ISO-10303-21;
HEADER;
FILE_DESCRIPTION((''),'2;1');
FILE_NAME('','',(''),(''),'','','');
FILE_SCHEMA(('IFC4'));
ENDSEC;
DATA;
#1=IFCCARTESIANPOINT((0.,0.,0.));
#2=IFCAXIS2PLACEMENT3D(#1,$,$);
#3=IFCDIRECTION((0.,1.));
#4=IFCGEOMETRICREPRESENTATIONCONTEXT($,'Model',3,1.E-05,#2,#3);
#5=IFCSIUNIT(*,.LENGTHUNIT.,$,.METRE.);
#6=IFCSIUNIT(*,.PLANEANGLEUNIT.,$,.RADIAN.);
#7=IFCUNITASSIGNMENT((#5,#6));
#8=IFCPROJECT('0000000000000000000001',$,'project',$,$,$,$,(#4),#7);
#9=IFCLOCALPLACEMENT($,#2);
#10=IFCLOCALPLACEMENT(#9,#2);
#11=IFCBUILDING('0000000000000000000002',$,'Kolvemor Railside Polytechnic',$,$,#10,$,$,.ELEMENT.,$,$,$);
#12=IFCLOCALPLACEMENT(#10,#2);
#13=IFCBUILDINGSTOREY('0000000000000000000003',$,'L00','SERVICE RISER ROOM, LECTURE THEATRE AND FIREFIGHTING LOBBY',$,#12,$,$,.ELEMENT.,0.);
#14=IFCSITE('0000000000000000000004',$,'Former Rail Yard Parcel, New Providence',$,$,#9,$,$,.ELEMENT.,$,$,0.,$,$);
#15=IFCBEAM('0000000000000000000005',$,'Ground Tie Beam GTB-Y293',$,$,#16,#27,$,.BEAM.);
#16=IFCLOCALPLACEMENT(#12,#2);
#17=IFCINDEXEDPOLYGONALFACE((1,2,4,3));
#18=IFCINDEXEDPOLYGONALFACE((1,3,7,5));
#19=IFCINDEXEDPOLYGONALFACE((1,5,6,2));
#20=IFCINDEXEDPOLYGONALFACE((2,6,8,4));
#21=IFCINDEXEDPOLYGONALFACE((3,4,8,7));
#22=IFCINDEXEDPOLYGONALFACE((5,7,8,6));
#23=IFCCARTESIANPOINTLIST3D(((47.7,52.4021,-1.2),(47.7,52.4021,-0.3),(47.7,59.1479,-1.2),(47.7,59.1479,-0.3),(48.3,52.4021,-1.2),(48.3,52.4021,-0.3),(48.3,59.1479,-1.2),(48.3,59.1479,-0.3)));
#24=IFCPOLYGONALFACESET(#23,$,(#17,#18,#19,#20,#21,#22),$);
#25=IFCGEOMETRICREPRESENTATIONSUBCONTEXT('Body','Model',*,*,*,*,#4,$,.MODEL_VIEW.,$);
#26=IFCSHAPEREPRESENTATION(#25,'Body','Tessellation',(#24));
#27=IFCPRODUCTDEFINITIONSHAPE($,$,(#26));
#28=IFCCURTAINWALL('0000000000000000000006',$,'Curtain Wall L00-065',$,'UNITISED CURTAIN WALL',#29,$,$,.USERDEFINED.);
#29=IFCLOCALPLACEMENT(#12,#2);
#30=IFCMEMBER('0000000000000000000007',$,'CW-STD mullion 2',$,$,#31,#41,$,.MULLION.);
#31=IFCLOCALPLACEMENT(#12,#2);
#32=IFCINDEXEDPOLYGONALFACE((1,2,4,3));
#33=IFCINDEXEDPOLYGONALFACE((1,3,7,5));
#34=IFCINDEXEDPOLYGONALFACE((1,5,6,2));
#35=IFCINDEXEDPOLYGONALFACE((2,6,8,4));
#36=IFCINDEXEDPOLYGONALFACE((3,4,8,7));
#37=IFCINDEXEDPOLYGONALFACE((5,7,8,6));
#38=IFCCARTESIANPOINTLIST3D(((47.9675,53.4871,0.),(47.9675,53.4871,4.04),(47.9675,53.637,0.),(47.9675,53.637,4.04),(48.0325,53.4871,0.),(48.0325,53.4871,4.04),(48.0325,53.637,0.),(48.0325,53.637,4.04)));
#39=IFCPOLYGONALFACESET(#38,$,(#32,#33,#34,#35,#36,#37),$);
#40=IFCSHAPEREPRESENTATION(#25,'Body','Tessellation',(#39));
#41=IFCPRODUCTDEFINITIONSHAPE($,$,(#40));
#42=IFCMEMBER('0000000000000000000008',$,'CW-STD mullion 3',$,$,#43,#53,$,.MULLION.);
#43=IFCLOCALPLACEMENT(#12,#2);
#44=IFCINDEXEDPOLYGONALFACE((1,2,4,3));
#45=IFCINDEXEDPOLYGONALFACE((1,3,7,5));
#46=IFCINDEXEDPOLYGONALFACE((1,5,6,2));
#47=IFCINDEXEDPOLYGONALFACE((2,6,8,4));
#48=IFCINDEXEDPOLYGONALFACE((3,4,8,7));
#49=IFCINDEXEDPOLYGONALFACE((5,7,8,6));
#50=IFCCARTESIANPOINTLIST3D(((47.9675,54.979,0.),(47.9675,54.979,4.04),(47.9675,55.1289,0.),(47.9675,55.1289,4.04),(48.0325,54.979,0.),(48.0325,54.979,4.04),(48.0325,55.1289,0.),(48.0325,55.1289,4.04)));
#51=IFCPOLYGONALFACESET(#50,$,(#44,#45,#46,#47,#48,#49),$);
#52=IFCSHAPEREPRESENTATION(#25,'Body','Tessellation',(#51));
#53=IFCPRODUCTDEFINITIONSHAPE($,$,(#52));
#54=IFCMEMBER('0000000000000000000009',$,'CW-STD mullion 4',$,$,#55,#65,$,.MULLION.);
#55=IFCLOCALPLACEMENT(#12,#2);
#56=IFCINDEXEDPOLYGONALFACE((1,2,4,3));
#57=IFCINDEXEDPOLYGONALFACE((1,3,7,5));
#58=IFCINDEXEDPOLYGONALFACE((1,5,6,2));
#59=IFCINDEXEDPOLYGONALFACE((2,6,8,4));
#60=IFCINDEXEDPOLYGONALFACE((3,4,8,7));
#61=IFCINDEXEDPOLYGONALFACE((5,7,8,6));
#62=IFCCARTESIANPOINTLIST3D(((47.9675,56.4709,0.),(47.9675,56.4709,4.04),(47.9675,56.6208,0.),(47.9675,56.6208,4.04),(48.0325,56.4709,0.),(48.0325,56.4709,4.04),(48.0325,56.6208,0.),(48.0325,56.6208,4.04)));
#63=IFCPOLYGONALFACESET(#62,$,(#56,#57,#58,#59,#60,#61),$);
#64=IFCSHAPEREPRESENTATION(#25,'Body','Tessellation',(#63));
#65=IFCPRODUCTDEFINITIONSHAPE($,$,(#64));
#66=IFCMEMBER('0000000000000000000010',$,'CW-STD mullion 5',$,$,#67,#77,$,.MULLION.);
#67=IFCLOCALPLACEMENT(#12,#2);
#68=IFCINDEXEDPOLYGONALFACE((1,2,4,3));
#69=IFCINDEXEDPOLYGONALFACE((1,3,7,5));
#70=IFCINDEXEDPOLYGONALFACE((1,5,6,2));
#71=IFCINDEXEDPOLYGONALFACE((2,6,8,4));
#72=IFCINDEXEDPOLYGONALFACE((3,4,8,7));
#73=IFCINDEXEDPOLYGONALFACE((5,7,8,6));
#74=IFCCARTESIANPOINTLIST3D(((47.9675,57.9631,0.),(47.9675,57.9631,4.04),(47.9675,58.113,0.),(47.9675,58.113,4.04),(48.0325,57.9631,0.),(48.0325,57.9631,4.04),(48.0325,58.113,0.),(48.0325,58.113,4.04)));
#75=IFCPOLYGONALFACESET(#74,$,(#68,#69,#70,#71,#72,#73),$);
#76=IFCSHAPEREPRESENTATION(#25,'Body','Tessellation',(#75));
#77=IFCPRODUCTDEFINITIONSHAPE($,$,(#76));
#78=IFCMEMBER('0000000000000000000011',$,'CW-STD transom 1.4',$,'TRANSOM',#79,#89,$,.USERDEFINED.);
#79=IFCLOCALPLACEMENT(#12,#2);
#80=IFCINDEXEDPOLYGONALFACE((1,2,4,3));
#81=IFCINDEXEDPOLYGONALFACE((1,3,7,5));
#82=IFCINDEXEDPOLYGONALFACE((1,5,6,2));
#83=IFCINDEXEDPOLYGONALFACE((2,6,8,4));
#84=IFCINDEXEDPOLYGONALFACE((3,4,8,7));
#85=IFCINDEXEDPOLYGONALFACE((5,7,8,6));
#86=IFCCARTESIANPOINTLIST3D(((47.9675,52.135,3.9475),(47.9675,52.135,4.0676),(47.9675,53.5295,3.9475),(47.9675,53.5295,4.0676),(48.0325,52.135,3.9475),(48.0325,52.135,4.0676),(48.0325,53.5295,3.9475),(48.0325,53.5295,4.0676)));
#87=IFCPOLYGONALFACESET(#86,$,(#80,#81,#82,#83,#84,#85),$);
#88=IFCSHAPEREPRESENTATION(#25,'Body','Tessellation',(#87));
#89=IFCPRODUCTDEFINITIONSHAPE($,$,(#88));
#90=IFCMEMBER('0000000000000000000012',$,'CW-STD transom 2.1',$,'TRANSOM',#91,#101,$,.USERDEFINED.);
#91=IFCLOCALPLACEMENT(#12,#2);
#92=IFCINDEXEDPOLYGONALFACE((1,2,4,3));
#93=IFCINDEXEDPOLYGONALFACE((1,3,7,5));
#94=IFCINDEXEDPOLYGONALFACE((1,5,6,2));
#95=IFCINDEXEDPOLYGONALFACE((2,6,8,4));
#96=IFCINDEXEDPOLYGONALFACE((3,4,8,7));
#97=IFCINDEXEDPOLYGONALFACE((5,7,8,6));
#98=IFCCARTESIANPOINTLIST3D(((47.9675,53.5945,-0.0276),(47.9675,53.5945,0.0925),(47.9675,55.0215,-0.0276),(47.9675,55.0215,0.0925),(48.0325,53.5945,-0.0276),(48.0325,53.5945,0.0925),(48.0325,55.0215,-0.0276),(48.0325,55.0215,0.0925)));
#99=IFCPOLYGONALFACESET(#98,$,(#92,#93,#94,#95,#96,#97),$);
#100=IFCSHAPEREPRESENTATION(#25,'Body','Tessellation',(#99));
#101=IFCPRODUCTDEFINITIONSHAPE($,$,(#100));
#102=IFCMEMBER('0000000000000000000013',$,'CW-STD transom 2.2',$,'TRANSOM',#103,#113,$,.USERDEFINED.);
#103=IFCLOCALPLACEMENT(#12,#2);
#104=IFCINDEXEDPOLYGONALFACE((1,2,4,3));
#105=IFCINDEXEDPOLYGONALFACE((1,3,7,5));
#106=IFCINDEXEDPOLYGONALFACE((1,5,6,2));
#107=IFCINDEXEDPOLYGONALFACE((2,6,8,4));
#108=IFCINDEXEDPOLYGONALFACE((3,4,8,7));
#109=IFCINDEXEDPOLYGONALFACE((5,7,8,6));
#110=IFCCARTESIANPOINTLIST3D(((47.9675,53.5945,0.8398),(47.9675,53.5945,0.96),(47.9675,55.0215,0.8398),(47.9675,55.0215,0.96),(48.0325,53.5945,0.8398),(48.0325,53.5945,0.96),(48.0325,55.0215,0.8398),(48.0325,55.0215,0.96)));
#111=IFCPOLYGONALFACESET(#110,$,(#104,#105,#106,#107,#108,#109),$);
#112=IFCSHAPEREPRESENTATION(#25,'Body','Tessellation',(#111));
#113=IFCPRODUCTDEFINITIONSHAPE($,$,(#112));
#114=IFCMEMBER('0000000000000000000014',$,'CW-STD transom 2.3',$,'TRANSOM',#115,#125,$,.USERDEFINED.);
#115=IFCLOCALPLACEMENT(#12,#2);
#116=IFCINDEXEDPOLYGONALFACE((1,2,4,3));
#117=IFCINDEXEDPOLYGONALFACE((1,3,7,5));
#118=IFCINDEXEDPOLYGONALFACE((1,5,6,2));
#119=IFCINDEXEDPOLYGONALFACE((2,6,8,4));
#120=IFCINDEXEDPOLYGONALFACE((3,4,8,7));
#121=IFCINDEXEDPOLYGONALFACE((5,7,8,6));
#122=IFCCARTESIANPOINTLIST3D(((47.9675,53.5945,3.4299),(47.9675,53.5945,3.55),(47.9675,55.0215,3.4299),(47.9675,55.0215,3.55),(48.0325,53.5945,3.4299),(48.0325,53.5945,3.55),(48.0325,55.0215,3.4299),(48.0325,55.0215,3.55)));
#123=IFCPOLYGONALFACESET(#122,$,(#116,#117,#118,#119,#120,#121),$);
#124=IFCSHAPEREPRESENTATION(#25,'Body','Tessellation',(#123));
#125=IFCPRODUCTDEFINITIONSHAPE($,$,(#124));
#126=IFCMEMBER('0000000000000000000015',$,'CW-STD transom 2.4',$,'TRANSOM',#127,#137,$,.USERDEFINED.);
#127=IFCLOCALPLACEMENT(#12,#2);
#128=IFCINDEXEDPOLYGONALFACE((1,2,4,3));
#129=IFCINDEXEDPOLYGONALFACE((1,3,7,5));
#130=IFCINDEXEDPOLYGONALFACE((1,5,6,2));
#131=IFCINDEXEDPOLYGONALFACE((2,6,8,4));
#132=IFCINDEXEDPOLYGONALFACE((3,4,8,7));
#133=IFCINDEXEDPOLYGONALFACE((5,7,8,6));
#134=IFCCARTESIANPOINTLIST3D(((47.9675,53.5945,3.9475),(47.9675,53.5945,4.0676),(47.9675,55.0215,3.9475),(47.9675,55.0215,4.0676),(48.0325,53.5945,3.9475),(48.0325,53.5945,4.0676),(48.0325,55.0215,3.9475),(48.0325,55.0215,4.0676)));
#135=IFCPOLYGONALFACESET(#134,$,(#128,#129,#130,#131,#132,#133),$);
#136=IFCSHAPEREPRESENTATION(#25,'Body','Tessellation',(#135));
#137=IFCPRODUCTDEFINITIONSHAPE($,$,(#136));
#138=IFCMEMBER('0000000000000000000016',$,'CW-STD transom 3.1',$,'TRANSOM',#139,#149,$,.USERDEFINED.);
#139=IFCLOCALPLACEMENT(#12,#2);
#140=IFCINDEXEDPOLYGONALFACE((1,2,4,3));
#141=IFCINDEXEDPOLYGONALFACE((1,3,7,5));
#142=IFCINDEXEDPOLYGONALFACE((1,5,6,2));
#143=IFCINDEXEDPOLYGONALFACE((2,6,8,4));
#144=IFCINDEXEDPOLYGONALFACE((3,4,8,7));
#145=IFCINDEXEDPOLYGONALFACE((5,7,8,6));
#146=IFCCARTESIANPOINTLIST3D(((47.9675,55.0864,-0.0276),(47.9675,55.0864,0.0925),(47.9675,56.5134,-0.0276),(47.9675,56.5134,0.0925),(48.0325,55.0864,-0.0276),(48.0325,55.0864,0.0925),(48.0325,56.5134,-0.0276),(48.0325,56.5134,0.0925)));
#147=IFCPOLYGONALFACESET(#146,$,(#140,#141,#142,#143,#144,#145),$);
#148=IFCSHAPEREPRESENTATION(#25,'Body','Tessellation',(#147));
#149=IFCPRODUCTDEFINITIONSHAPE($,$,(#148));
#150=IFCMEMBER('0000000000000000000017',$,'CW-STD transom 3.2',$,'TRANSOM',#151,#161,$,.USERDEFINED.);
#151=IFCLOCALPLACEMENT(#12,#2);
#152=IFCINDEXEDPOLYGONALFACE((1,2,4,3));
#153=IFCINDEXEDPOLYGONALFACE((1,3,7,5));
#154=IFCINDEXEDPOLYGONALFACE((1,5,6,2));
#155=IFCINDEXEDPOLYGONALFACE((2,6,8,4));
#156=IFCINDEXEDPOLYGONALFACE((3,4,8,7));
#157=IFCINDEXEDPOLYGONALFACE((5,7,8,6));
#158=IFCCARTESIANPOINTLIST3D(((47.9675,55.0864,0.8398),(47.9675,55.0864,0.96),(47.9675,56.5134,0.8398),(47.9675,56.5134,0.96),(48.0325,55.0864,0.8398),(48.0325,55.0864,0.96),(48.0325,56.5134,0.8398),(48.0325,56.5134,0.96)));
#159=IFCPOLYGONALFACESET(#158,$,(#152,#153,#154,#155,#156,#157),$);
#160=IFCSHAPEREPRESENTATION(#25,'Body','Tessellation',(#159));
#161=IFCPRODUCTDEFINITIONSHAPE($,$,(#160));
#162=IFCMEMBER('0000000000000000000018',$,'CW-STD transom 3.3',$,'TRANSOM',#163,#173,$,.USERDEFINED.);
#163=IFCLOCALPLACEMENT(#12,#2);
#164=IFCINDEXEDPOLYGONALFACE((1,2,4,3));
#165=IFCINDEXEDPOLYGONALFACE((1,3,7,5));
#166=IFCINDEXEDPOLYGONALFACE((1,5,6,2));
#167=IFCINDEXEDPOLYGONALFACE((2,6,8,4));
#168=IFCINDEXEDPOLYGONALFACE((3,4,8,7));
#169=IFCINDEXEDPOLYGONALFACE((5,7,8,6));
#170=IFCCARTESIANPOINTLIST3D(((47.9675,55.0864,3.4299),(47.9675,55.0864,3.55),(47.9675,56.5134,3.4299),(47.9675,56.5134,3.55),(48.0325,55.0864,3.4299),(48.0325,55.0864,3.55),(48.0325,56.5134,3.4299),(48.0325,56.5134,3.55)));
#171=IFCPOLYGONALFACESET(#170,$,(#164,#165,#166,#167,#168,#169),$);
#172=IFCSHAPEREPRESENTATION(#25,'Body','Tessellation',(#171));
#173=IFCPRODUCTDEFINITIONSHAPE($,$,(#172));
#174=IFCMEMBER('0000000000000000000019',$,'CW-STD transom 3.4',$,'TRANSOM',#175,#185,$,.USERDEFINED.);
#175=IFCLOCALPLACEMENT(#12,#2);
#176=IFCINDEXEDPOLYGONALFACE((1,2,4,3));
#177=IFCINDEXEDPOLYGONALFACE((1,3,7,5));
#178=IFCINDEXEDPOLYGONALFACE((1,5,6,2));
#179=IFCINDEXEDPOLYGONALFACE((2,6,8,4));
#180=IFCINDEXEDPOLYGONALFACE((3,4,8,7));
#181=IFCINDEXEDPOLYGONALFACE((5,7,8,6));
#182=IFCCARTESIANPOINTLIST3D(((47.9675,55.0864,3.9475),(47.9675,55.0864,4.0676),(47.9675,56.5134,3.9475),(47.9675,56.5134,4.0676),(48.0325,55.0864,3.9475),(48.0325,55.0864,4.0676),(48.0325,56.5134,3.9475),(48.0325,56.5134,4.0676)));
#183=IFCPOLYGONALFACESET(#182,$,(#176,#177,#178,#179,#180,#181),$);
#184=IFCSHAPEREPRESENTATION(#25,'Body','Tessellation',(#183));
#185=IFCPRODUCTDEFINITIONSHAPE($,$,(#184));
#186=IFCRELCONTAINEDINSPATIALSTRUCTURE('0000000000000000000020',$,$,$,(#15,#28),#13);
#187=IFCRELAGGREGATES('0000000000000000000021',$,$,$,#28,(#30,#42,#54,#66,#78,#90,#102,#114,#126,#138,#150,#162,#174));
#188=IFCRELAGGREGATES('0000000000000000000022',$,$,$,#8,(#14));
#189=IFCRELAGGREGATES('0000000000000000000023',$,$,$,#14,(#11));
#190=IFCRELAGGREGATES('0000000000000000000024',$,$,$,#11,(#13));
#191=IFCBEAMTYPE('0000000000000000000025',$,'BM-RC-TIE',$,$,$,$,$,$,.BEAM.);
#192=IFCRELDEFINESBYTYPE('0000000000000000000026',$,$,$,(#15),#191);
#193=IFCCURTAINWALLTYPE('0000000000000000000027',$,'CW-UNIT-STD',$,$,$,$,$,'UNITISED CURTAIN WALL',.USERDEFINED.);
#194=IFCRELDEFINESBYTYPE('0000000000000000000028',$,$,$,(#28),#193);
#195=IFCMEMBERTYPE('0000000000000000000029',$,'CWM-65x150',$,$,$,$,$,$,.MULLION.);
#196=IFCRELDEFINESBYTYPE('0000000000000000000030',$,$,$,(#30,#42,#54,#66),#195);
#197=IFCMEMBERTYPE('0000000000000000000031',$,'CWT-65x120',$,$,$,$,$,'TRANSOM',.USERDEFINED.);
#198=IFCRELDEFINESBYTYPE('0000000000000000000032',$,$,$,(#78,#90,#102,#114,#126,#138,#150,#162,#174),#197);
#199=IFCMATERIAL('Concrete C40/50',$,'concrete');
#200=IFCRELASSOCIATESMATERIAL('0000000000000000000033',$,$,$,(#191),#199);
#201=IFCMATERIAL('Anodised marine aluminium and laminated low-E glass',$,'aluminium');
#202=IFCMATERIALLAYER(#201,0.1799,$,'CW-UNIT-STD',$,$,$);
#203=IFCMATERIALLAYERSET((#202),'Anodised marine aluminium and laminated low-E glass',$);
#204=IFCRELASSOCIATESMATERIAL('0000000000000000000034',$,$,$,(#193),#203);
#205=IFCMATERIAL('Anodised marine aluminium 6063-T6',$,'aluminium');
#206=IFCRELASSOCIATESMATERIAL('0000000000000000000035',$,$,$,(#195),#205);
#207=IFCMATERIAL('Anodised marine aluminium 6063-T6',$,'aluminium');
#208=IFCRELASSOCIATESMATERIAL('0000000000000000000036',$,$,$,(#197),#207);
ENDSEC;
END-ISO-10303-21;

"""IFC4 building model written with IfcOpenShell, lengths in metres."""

from ifc_helpers import new_model, si_unit, direction, frame, origin, origin_2d, place, context, subcontext, project, spatial, rectangle, extrude, material, layer, layer_set, material_profile, profile_set, type_object, element, aggregate, save


model = new_model("IFC4")

# Units and contexts
model_context = context("Model", 3, precision=1e-05, world=origin(), true_north=direction((0.0, 1.0)))
body_context = subcontext(model_context, "Body", "Model", "MODEL_VIEW")
ifc_project = project(units=[si_unit("LENGTHUNIT", "METRE"), si_unit("PLANEANGLEUNIT", "RADIAN")], contexts=[model_context])

# Site, building, storey
site_placement = place(None, origin())
site = spatial("IfcSite", under=ifc_project, at=site_placement, Name="Former Rail Yard Parcel, New Providence", CompositionType="ELEMENT", RefElevation=0.0)
building_placement = place(site_placement, origin())
building = spatial("IfcBuilding", under=site, at=building_placement, Name="Kolvemor Railside Polytechnic", CompositionType="ELEMENT")
storey_placement = place(building_placement, origin())
storey = spatial("IfcBuildingStorey", under=building, at=storey_placement, Name="L00", Description="SERVICE RISER ROOM, LECTURE THEATRE AND FIREFIGHTING LOBBY", CompositionType="ELEMENT", Elevation=0.0)

# Beam
ifc_material_1 = material(Name="Concrete C40/50", Category="concrete")
ifc_material_profile_1 = material_profile(ifc_material_1, rectangle(XDim=0.6001, YDim=0.8999, at=origin_2d()), Name="RC600x900")
ifc_profile_set_1 = profile_set([ifc_material_profile_1], Name="Concrete C40/50")
beam_type = type_object("IfcBeamType", Name="BM-RC-TIE", PredefinedType="BEAM", material=ifc_profile_set_1)
beam_placement = place(storey_placement, frame((48.0, 52.4021, -0.75), z_axis=(0.0, 1.0, 0.0), x_axis=(-1.0, 0.0, 0.0)))
element("IfcBeam", 1, at=beam_placement, inside=storey, type_object=beam_type, Name="Ground Tie Beam GTB-Y293", PredefinedType="BEAM", context=body_context, shape_type="SweptSolid", body=[
    extrude(rectangle(XDim=0.6001, YDim=0.8999, at=origin_2d()), origin(), (0.0, 0.0, 1.0), 6.7458),
])

# Curtain wall, members
ifc_material_2 = material(Name="Anodised marine aluminium and laminated low-E glass", Category="aluminium")
ifc_layer_1 = layer(ifc_material_2, 0.1799, Name="CW-UNIT-STD")
ifc_layer_set_1 = layer_set([ifc_layer_1], Name="Anodised marine aluminium and laminated low-E glass")
curtain_wall_type = type_object("IfcCurtainWallType", Name="CW-UNIT-STD", ElementType="UNITISED CURTAIN WALL", PredefinedType="USERDEFINED", material=ifc_layer_set_1)
curtain_wall_placement = place(storey_placement, origin())
curtain_wall = element("IfcCurtainWall", 2, at=curtain_wall_placement, inside=storey, type_object=curtain_wall_type, Name="Curtain Wall L00-065", ObjectType="UNITISED CURTAIN WALL", PredefinedType="USERDEFINED")
ifc_material_3 = material(Name="Anodised marine aluminium 6063-T6", Category="aluminium")
ifc_material_profile_2 = material_profile(ifc_material_3, rectangle(XDim=0.0649, YDim=0.1499, at=origin_2d()), Name="CW-MUL-65x150")
ifc_profile_set_2 = profile_set([ifc_material_profile_2], Name="Anodised marine aluminium 6063-T6")
member_type_1 = type_object("IfcMemberType", Name="CWM-65x150", PredefinedType="MULLION", material=ifc_profile_set_2)
member_1_placement = place(storey_placement, frame((48.0, 53.562, 0.0), z_axis=(0.0, 0.0, 1.0), x_axis=(-1.0, 0.0, 0.0)))
member_1 = element("IfcMember", 3, at=member_1_placement, type_object=member_type_1, Name="CW-STD mullion 2", PredefinedType="MULLION", context=body_context, shape_type="SweptSolid", body=[
    extrude(rectangle(XDim=0.0649, YDim=0.1499, at=origin_2d()), origin(), (0.0, 0.0, 1.0), 4.04),
])
member_2_placement = place(storey_placement, frame((48.0, 55.054, 0.0), z_axis=(0.0, 0.0, 1.0), x_axis=(-1.0, 0.0, 0.0)))
member_2 = element("IfcMember", 4, at=member_2_placement, type_object=member_type_1, Name="CW-STD mullion 3", PredefinedType="MULLION", context=body_context, shape_type="SweptSolid", body=[
    extrude(rectangle(XDim=0.0649, YDim=0.1499, at=origin_2d()), origin(), (0.0, 0.0, 1.0), 4.04),
])
member_3_placement = place(storey_placement, frame((48.0, 56.5459, 0.0), z_axis=(0.0, 0.0, 1.0), x_axis=(-1.0, 0.0, 0.0)))
member_3 = element("IfcMember", 5, at=member_3_placement, type_object=member_type_1, Name="CW-STD mullion 4", PredefinedType="MULLION", context=body_context, shape_type="SweptSolid", body=[
    extrude(rectangle(XDim=0.0649, YDim=0.1499, at=origin_2d()), origin(), (0.0, 0.0, 1.0), 4.04),
])
member_4_placement = place(storey_placement, frame((48.0, 58.0381, 0.0), z_axis=(0.0, 0.0, 1.0), x_axis=(-1.0, 0.0, 0.0)))
member_4 = element("IfcMember", 6, at=member_4_placement, type_object=member_type_1, Name="CW-STD mullion 5", PredefinedType="MULLION", context=body_context, shape_type="SweptSolid", body=[
    extrude(rectangle(XDim=0.0649, YDim=0.1499, at=origin_2d()), origin(), (0.0, 0.0, 1.0), 4.04),
])
ifc_material_4 = material(Name="Anodised marine aluminium 6063-T6", Category="aluminium")
ifc_material_profile_3 = material_profile(ifc_material_4, rectangle(XDim=0.0649, YDim=0.1201, at=origin_2d()), Name="CW-TRN-65x120")
ifc_profile_set_3 = profile_set([ifc_material_profile_3], Name="Anodised marine aluminium 6063-T6")
member_type_2 = type_object("IfcMemberType", Name="CWT-65x120", ElementType="TRANSOM", PredefinedType="USERDEFINED", material=ifc_profile_set_3)
member_5_placement = place(storey_placement, frame((48.0, 52.135, 4.0076), z_axis=(0.0, 1.0, 0.0), x_axis=(-1.0, 0.0, 0.0)))
member_5 = element("IfcMember", 7, at=member_5_placement, type_object=member_type_2, Name="CW-STD transom 1.4", ObjectType="TRANSOM", PredefinedType="USERDEFINED", context=body_context, shape_type="SweptSolid", body=[
    extrude(rectangle(XDim=0.0649, YDim=0.1201, at=origin_2d()), origin(), (0.0, 0.0, 1.0), 1.3945),
])
member_6_placement = place(storey_placement, frame((48.0, 53.5945, 0.0325), z_axis=(0.0, 1.0, 0.0), x_axis=(-1.0, 0.0, 0.0)))
member_6 = element("IfcMember", 8, at=member_6_placement, type_object=member_type_2, Name="CW-STD transom 2.1", ObjectType="TRANSOM", PredefinedType="USERDEFINED", context=body_context, shape_type="SweptSolid", body=[
    extrude(rectangle(XDim=0.0649, YDim=0.1201, at=origin_2d()), origin(), (0.0, 0.0, 1.0), 1.427),
])
member_7_placement = place(storey_placement, frame((48.0, 53.5945, 0.8999), z_axis=(0.0, 1.0, 0.0), x_axis=(-1.0, 0.0, 0.0)))
member_7 = element("IfcMember", 9, at=member_7_placement, type_object=member_type_2, Name="CW-STD transom 2.2", ObjectType="TRANSOM", PredefinedType="USERDEFINED", context=body_context, shape_type="SweptSolid", body=[
    extrude(rectangle(XDim=0.0649, YDim=0.1201, at=origin_2d()), origin(), (0.0, 0.0, 1.0), 1.427),
])
member_8_placement = place(storey_placement, frame((48.0, 53.5945, 3.49), z_axis=(0.0, 1.0, 0.0), x_axis=(-1.0, 0.0, 0.0)))
member_8 = element("IfcMember", 10, at=member_8_placement, type_object=member_type_2, Name="CW-STD transom 2.3", ObjectType="TRANSOM", PredefinedType="USERDEFINED", context=body_context, shape_type="SweptSolid", body=[
    extrude(rectangle(XDim=0.0649, YDim=0.1201, at=origin_2d()), origin(), (0.0, 0.0, 1.0), 1.427),
])
member_9_placement = place(storey_placement, frame((48.0, 53.5945, 4.0076), z_axis=(0.0, 1.0, 0.0), x_axis=(-1.0, 0.0, 0.0)))
member_9 = element("IfcMember", 11, at=member_9_placement, type_object=member_type_2, Name="CW-STD transom 2.4", ObjectType="TRANSOM", PredefinedType="USERDEFINED", context=body_context, shape_type="SweptSolid", body=[
    extrude(rectangle(XDim=0.0649, YDim=0.1201, at=origin_2d()), origin(), (0.0, 0.0, 1.0), 1.427),
])
member_10_placement = place(storey_placement, frame((48.0, 55.0864, 0.0325), z_axis=(0.0, 1.0, 0.0), x_axis=(-1.0, 0.0, 0.0)))
member_10 = element("IfcMember", 12, at=member_10_placement, type_object=member_type_2, Name="CW-STD transom 3.1", ObjectType="TRANSOM", PredefinedType="USERDEFINED", context=body_context, shape_type="SweptSolid", body=[
    extrude(rectangle(XDim=0.0649, YDim=0.1201, at=origin_2d()), origin(), (0.0, 0.0, 1.0), 1.427),
])
member_11_placement = place(storey_placement, frame((48.0, 55.0864, 0.8999), z_axis=(0.0, 1.0, 0.0), x_axis=(-1.0, 0.0, 0.0)))
member_11 = element("IfcMember", 13, at=member_11_placement, type_object=member_type_2, Name="CW-STD transom 3.2", ObjectType="TRANSOM", PredefinedType="USERDEFINED", context=body_context, shape_type="SweptSolid", body=[
    extrude(rectangle(XDim=0.0649, YDim=0.1201, at=origin_2d()), origin(), (0.0, 0.0, 1.0), 1.427),
])
member_12_placement = place(storey_placement, frame((48.0, 55.0864, 3.49), z_axis=(0.0, 1.0, 0.0), x_axis=(-1.0, 0.0, 0.0)))
member_12 = element("IfcMember", 14, at=member_12_placement, type_object=member_type_2, Name="CW-STD transom 3.3", ObjectType="TRANSOM", PredefinedType="USERDEFINED", context=body_context, shape_type="SweptSolid", body=[
    extrude(rectangle(XDim=0.0649, YDim=0.1201, at=origin_2d()), origin(), (0.0, 0.0, 1.0), 1.427),
])
member_13_placement = place(storey_placement, frame((48.0, 55.0864, 4.0076), z_axis=(0.0, 1.0, 0.0), x_axis=(-1.0, 0.0, 0.0)))
member_13 = element("IfcMember", 15, at=member_13_placement, type_object=member_type_2, Name="CW-STD transom 3.4", ObjectType="TRANSOM", PredefinedType="USERDEFINED", context=body_context, shape_type="SweptSolid", body=[
    extrude(rectangle(XDim=0.0649, YDim=0.1201, at=origin_2d()), origin(), (0.0, 0.0, 1.0), 1.427),
])
aggregate(curtain_wall, [member_1, member_2, member_3, member_4, member_5, member_6, member_7, member_8, member_9, member_10, member_11, member_12, member_13])

save(model, "model.ifc")
